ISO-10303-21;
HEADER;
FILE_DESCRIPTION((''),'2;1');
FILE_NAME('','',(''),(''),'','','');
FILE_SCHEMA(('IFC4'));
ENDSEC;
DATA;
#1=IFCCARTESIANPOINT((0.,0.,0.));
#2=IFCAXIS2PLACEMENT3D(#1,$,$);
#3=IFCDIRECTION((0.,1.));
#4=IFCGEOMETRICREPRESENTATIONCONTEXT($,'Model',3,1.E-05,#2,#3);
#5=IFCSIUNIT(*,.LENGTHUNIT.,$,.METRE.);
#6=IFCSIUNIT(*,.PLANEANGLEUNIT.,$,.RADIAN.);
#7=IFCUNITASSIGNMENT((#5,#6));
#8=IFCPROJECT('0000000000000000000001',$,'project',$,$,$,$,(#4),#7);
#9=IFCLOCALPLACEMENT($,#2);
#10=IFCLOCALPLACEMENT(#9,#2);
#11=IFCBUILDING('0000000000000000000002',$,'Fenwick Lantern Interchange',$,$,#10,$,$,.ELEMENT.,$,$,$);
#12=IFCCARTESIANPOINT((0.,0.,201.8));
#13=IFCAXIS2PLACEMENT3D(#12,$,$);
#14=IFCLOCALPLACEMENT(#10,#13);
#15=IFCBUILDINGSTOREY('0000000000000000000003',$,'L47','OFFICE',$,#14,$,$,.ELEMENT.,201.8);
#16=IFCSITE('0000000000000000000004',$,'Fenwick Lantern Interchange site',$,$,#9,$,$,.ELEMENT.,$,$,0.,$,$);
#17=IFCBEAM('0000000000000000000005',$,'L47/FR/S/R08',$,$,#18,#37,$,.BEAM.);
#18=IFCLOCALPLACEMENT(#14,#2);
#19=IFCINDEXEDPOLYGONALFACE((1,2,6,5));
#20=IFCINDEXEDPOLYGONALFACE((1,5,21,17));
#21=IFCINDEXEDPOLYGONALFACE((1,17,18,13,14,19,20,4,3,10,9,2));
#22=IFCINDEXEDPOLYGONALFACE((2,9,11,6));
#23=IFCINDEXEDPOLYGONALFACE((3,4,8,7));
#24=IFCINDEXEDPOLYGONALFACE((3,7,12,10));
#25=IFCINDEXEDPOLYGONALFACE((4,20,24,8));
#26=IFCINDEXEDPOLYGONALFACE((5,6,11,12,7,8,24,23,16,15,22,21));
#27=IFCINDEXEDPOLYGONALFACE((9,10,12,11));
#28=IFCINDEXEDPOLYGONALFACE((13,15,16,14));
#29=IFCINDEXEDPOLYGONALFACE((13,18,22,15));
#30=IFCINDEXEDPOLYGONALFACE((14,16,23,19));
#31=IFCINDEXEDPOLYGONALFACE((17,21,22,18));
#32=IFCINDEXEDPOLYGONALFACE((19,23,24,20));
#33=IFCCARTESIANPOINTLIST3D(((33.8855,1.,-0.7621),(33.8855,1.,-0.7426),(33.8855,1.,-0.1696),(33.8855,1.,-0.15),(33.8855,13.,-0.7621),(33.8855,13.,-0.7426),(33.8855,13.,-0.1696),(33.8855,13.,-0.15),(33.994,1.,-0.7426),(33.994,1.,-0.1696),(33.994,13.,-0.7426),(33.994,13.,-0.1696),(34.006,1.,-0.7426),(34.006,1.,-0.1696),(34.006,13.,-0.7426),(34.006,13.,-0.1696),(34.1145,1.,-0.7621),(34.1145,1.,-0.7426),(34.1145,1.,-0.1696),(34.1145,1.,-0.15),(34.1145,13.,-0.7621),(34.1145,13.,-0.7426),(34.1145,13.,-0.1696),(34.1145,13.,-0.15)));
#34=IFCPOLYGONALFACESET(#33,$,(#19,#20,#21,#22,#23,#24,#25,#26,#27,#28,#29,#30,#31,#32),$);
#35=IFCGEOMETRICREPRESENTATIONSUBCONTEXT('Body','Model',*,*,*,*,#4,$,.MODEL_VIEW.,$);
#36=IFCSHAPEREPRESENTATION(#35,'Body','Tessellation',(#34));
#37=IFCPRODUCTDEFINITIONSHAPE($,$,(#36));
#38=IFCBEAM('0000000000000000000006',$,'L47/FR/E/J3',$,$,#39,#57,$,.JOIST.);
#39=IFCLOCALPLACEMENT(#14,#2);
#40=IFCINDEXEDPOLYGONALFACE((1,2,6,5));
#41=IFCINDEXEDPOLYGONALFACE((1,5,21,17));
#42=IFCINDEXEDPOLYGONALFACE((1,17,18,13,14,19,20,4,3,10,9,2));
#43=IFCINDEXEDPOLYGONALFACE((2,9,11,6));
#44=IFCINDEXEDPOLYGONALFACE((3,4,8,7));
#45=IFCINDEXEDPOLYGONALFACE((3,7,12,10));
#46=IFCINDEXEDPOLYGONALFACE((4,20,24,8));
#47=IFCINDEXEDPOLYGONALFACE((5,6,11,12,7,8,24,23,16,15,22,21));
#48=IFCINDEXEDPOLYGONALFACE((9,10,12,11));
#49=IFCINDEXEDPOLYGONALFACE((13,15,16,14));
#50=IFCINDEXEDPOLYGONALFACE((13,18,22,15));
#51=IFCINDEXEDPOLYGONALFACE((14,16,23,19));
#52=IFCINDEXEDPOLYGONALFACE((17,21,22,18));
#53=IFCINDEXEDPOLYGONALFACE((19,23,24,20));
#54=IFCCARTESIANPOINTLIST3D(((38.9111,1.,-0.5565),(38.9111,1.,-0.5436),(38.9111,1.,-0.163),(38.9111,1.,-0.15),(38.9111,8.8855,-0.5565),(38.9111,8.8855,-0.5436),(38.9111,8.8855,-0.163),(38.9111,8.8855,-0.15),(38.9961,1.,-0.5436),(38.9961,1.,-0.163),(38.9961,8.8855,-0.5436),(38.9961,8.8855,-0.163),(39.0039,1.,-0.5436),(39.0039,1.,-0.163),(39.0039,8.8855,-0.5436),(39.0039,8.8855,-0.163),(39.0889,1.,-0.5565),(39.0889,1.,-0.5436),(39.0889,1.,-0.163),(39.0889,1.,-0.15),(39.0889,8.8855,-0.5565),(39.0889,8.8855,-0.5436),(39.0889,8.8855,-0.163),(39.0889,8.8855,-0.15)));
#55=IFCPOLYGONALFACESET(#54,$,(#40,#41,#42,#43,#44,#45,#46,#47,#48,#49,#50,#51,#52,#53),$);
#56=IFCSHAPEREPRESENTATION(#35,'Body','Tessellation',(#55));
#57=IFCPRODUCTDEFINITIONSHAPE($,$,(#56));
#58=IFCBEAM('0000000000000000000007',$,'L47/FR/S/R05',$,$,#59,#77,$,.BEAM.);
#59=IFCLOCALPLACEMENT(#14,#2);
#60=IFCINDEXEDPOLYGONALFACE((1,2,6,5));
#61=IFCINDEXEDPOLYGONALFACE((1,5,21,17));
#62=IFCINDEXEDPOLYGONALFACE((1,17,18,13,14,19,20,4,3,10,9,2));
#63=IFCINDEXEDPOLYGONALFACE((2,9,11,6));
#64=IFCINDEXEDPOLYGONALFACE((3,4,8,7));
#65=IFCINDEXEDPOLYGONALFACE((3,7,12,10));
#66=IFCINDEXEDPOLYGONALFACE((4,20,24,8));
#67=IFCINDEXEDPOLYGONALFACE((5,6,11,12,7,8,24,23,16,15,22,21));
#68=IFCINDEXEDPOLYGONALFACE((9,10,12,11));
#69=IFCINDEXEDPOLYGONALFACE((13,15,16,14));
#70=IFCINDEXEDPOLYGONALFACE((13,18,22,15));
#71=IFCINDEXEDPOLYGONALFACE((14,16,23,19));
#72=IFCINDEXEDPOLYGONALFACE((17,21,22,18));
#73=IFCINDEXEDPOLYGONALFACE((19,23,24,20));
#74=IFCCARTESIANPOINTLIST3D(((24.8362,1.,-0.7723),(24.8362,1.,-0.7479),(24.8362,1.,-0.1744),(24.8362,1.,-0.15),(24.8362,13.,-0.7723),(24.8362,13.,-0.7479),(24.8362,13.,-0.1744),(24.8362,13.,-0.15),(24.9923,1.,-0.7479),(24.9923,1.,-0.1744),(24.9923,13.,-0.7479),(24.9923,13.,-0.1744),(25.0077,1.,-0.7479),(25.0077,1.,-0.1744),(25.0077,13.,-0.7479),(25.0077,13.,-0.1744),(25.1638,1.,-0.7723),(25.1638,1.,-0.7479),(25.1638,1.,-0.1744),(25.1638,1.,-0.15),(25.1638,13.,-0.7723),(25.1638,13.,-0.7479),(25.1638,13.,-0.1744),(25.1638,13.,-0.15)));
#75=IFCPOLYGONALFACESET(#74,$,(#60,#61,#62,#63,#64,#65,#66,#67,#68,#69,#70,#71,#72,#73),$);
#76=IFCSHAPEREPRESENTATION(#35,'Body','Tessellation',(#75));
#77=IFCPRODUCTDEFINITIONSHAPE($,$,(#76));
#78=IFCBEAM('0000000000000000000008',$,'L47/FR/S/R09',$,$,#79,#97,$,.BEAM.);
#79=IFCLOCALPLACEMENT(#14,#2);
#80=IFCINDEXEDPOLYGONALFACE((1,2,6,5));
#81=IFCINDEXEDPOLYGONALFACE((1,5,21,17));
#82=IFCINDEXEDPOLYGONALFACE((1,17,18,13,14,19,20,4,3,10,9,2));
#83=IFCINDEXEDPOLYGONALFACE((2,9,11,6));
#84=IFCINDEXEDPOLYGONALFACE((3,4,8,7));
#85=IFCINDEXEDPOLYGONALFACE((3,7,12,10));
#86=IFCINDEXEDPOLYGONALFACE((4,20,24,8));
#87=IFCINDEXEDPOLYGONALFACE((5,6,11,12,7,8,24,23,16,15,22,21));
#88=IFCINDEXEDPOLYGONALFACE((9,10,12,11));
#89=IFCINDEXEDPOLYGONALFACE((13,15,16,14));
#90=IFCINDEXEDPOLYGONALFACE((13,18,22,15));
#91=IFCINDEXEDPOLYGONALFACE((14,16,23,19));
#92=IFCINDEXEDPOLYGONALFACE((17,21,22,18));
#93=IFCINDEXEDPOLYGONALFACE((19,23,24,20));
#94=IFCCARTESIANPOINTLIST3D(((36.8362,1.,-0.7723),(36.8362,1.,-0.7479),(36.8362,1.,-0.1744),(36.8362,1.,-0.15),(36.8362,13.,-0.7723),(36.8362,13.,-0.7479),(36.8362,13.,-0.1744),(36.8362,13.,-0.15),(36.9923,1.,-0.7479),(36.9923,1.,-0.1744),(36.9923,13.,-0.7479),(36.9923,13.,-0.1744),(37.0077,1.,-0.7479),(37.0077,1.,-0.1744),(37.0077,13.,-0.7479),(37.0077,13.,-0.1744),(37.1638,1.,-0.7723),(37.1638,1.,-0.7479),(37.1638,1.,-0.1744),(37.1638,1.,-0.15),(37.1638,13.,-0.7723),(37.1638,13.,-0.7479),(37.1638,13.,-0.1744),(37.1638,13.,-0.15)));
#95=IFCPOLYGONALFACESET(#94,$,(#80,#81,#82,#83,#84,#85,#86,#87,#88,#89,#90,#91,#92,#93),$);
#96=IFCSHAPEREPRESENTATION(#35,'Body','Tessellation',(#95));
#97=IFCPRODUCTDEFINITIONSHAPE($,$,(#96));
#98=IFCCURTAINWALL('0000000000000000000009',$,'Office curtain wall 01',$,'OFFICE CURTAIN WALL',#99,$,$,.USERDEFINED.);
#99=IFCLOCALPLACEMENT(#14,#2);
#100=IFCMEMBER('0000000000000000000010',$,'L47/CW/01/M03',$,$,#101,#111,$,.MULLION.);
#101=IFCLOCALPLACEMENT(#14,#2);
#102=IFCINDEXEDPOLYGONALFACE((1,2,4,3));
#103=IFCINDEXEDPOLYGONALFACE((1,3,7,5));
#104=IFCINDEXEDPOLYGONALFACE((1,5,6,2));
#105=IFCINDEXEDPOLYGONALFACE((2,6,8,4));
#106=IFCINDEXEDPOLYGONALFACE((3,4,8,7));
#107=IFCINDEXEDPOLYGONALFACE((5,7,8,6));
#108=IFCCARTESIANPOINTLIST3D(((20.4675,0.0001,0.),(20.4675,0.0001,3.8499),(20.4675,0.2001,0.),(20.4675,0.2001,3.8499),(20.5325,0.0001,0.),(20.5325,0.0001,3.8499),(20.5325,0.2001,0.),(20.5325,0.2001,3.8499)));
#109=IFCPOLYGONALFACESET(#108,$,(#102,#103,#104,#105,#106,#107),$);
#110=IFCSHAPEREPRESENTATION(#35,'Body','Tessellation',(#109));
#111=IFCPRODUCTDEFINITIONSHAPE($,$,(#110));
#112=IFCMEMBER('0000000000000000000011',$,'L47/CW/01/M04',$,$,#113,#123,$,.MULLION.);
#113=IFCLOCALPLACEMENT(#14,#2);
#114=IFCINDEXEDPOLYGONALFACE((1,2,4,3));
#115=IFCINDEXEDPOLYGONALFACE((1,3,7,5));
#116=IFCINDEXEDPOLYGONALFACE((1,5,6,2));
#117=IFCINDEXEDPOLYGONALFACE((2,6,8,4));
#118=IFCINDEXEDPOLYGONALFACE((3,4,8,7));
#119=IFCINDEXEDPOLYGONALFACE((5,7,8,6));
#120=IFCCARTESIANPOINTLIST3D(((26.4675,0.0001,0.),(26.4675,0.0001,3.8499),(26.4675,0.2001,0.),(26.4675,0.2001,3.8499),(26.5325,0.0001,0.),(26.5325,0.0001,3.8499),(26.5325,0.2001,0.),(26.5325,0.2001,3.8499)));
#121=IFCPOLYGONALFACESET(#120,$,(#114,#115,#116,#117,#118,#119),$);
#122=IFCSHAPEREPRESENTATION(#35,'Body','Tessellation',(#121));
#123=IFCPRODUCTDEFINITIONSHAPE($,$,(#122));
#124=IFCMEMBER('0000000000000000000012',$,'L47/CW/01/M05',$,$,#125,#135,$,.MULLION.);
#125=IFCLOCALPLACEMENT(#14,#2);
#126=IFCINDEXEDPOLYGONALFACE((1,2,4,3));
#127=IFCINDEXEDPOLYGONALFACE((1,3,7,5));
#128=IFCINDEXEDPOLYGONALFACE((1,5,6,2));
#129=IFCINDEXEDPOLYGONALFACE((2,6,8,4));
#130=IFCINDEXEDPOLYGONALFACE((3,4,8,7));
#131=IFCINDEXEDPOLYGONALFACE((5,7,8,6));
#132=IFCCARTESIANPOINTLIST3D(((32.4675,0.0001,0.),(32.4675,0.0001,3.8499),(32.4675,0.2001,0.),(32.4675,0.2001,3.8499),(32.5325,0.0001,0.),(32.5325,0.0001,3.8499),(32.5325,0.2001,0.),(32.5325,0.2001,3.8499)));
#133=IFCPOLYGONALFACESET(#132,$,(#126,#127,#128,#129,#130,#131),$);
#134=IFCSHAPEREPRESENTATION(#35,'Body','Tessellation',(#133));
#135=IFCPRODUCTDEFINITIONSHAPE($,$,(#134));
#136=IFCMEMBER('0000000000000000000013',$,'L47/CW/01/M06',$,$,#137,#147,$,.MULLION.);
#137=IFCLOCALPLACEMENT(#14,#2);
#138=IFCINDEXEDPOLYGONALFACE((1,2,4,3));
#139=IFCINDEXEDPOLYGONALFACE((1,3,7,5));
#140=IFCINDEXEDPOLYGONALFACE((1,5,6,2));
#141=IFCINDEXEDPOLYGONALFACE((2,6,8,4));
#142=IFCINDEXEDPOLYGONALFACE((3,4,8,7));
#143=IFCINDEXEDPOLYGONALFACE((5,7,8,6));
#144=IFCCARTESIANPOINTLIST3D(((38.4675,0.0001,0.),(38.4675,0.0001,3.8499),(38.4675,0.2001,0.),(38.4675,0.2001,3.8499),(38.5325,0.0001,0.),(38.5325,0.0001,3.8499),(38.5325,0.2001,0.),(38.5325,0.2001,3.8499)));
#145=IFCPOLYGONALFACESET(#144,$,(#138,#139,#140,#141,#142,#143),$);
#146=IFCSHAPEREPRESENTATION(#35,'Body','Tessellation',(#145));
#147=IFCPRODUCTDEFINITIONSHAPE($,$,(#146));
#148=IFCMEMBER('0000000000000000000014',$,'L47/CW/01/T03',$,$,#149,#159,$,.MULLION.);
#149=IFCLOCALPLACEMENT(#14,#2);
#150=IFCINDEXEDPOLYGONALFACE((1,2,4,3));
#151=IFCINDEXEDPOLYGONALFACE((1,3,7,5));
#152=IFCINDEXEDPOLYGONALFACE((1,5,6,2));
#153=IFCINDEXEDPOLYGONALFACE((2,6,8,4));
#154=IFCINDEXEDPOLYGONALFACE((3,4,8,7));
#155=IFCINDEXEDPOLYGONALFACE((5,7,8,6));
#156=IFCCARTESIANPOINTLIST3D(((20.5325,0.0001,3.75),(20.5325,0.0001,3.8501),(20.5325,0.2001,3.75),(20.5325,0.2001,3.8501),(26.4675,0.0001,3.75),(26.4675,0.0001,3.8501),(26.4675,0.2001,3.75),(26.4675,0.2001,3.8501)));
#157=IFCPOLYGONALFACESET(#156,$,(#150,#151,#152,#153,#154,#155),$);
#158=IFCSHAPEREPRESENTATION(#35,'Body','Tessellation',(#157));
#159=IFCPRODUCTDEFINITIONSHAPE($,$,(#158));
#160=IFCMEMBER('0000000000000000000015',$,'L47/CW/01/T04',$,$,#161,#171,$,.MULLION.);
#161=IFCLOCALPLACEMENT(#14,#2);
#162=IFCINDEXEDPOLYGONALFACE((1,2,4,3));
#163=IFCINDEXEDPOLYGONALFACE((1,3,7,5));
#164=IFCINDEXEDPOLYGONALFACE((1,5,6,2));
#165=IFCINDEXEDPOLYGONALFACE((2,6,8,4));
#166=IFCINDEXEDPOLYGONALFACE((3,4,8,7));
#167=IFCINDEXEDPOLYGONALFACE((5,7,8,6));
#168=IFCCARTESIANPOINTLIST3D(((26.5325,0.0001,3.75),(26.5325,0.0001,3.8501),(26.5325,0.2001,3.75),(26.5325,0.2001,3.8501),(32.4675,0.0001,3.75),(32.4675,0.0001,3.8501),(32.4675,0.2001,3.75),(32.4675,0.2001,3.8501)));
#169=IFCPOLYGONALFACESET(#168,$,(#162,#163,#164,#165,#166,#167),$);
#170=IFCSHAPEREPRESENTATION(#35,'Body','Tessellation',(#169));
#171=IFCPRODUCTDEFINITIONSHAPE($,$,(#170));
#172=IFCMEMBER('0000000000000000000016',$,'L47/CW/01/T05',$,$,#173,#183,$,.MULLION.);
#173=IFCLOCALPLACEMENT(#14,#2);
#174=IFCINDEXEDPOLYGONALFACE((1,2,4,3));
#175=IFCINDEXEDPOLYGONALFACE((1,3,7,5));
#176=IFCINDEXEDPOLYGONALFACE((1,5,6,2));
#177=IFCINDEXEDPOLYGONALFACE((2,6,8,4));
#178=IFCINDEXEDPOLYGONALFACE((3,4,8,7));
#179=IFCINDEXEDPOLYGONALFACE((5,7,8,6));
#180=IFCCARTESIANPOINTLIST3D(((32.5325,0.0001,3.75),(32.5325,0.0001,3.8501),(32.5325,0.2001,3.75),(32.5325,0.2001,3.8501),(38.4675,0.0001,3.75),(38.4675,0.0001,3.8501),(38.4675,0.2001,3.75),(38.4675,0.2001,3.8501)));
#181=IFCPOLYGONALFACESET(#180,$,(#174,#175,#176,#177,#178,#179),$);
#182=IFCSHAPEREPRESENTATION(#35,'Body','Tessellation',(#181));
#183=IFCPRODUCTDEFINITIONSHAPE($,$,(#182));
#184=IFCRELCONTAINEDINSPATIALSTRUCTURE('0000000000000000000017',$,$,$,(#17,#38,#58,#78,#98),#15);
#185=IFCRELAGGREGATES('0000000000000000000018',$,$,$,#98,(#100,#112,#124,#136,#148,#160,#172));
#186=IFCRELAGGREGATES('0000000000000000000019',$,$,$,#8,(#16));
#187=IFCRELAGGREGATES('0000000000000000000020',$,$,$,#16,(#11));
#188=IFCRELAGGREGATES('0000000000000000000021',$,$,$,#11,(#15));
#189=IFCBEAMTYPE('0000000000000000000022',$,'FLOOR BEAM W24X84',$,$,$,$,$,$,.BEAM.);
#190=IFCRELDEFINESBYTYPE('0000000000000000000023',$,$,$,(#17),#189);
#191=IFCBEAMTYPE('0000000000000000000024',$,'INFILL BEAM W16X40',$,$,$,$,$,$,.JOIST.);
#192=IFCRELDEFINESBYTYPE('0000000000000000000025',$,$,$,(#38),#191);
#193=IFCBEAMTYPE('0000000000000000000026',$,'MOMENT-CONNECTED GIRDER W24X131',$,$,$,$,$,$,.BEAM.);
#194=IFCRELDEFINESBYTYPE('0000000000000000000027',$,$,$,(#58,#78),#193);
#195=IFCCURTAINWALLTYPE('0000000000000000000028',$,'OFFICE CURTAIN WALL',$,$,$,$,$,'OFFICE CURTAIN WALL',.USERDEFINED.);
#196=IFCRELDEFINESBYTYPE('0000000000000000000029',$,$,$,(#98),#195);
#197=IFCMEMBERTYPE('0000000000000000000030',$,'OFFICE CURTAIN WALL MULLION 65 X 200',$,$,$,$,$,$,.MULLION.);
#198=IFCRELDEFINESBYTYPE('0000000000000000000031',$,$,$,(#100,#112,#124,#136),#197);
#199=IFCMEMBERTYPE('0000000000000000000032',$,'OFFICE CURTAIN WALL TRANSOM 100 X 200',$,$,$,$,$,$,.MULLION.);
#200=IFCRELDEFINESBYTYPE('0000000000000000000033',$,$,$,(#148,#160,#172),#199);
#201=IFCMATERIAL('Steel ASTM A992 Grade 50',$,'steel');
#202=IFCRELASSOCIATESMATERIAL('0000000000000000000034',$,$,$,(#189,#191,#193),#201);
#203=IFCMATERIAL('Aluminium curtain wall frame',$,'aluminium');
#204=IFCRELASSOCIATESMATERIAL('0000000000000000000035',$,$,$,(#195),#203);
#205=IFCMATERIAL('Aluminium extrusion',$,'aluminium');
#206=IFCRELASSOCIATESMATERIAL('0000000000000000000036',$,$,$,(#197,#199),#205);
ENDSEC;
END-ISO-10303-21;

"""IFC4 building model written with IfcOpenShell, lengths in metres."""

from ifc_helpers import new_model, si_unit, direction, frame, origin, origin_2d, place, context, subcontext, project, spatial, rectangle, i_section, extrude, material, material_profile, profile_set, type_object, element, aggregate, save


model = new_model("IFC4")

# Units and contexts
model_context = context("Model", 3, precision=1e-05, world=origin(), true_north=direction((0.0, 1.0)))
body_context = subcontext(model_context, "Body", "Model", "MODEL_VIEW")
ifc_project = project(units=[si_unit("LENGTHUNIT", "METRE"), si_unit("PLANEANGLEUNIT", "RADIAN")], contexts=[model_context])

# Site, building, storey
site_placement = place(None, origin())
site = spatial("IfcSite", under=ifc_project, at=site_placement, Name="Fenwick Lantern Interchange site", CompositionType="ELEMENT", RefElevation=0.0)
building_placement = place(site_placement, origin())
building = spatial("IfcBuilding", under=site, at=building_placement, Name="Fenwick Lantern Interchange", CompositionType="ELEMENT")
storey_placement = place(building_placement, frame((0.0, 0.0, 201.8)))
storey = spatial("IfcBuildingStorey", under=building, at=storey_placement, Name="L47", Description="OFFICE", CompositionType="ELEMENT", Elevation=201.8)

# Shared definitions
ifc_material_1 = material(Name="Steel ASTM A992 Grade 50", Category="steel")

# Beams
ifc_material_profile_1 = material_profile(ifc_material_1, i_section(OverallWidth=0.229, OverallDepth=0.6121, WebThickness=0.012, FlangeThickness=0.0195, at=origin_2d()), Name="W24X84")
ifc_profile_set_1 = profile_set([ifc_material_profile_1], Name="Steel ASTM A992 Grade 50")
beam_type_1 = type_object("IfcBeamType", Name="FLOOR BEAM W24X84", PredefinedType="BEAM", material=ifc_profile_set_1)
for number, where, z_axis, x_axis, name in (
    (1, (34.0, 1.0, -0.4561), (0.0, 1.0, 0.0), (-1.0, 0.0, 0.0), "L47/FR/S/R08"),
):
    element("IfcBeam", number, at=place(storey_placement, frame(where, z_axis=z_axis, x_axis=x_axis)), inside=storey, type_object=beam_type_1, Name=name, PredefinedType="BEAM", context=body_context, shape_type="SweptSolid", body=[
        extrude(i_section(OverallWidth=0.229, OverallDepth=0.6121, WebThickness=0.012, FlangeThickness=0.0195, at=origin_2d()), origin(), (0.0, 0.0, 1.0), 12.0),
    ])
ifc_material_profile_2 = material_profile(ifc_material_1, i_section(OverallWidth=0.1777, OverallDepth=0.4065, WebThickness=0.0078, FlangeThickness=0.0129, at=origin_2d()), Name="W16X40")
ifc_profile_set_2 = profile_set([ifc_material_profile_2], Name="Steel ASTM A992 Grade 50")
beam_type_2 = type_object("IfcBeamType", Name="INFILL BEAM W16X40", PredefinedType="JOIST", material=ifc_profile_set_2)
beam_1_placement = place(storey_placement, frame((39.0, 1.0, -0.3533), z_axis=(0.0, 1.0, 0.0), x_axis=(-1.0, 0.0, 0.0)))
element("IfcBeam", 2, at=beam_1_placement, inside=storey, type_object=beam_type_2, Name="L47/FR/E/J3", PredefinedType="JOIST", context=body_context, shape_type="SweptSolid", body=[
    extrude(i_section(OverallWidth=0.1777, OverallDepth=0.4065, WebThickness=0.0078, FlangeThickness=0.0129, at=origin_2d()), origin(), (0.0, 0.0, 1.0), 7.8855),
])
ifc_material_profile_3 = material_profile(ifc_material_1, i_section(OverallWidth=0.3276, OverallDepth=0.6223, WebThickness=0.0154, FlangeThickness=0.0244, at=origin_2d()), Name="W24X131")
ifc_profile_set_3 = profile_set([ifc_material_profile_3], Name="Steel ASTM A992 Grade 50")
beam_type_3 = type_object("IfcBeamType", Name="MOMENT-CONNECTED GIRDER W24X131", PredefinedType="BEAM", material=ifc_profile_set_3)
for number, where, z_axis, x_axis, name in (
    (3, (25.0, 1.0, -0.4612), (0.0, 1.0, 0.0), (-1.0, 0.0, 0.0), "L47/FR/S/R05"),
    (4, (37.0, 1.0, -0.4612), (0.0, 1.0, 0.0), (-1.0, 0.0, 0.0), "L47/FR/S/R09"),
):
    element("IfcBeam", number, at=place(storey_placement, frame(where, z_axis=z_axis, x_axis=x_axis)), inside=storey, type_object=beam_type_3, Name=name, PredefinedType="BEAM", context=body_context, shape_type="SweptSolid", body=[
        extrude(i_section(OverallWidth=0.3276, OverallDepth=0.6223, WebThickness=0.0154, FlangeThickness=0.0244, at=origin_2d()), origin(), (0.0, 0.0, 1.0), 12.0),
    ])

# Curtain wall, members
ifc_material_2 = material(Name="Aluminium curtain wall frame", Category="aluminium")
curtain_wall_type = type_object("IfcCurtainWallType", Name="OFFICE CURTAIN WALL", ElementType="OFFICE CURTAIN WALL", PredefinedType="USERDEFINED", material=ifc_material_2)
curtain_wall_placement = place(storey_placement, origin())
curtain_wall = element("IfcCurtainWall", 5, at=curtain_wall_placement, inside=storey, type_object=curtain_wall_type, Name="Office curtain wall 01", ObjectType="OFFICE CURTAIN WALL", PredefinedType="USERDEFINED")
ifc_material_3 = material(Name="Aluminium extrusion", Category="aluminium")
ifc_material_profile_4 = material_profile(ifc_material_3, rectangle(XDim=0.2, YDim=0.0649, at=origin_2d()), Name="OFFICE CURTAIN WALL MULLION 65 X 200")
ifc_profile_set_4 = profile_set([ifc_material_profile_4], Name="Aluminium extrusion")
member_type_1 = type_object("IfcMemberType", Name="OFFICE CURTAIN WALL MULLION 65 X 200", PredefinedType="MULLION", material=ifc_profile_set_4)
member_1_placement = place(storey_placement, frame((20.5, 0.1001, 0.0), z_axis=(0.0, 0.0, 1.0), x_axis=(0.0, 1.0, 0.0)))
member_1 = element("IfcMember", 6, at=member_1_placement, type_object=member_type_1, Name="L47/CW/01/M03", PredefinedType="MULLION", context=body_context, shape_type="SweptSolid", body=[
    extrude(rectangle(XDim=0.2, YDim=0.0649, at=origin_2d()), origin(), (0.0, 0.0, 1.0), 3.8499),
])
member_2_placement = place(storey_placement, frame((26.5, 0.1001, 0.0), z_axis=(0.0, 0.0, 1.0), x_axis=(0.0, 1.0, 0.0)))
member_2 = element("IfcMember", 7, at=member_2_placement, type_object=member_type_1, Name="L47/CW/01/M04", PredefinedType="MULLION", context=body_context, shape_type="SweptSolid", body=[
    extrude(rectangle(XDim=0.2, YDim=0.0649, at=origin_2d()), origin(), (0.0, 0.0, 1.0), 3.8499),
])
member_3_placement = place(storey_placement, frame((32.5, 0.1001, 0.0), z_axis=(0.0, 0.0, 1.0), x_axis=(0.0, 1.0, 0.0)))
member_3 = element("IfcMember", 8, at=member_3_placement, type_object=member_type_1, Name="L47/CW/01/M05", PredefinedType="MULLION", context=body_context, shape_type="SweptSolid", body=[
    extrude(rectangle(XDim=0.2, YDim=0.0649, at=origin_2d()), origin(), (0.0, 0.0, 1.0), 3.8499),
])
member_4_placement = place(storey_placement, frame((38.5, 0.1001, 0.0), z_axis=(0.0, 0.0, 1.0), x_axis=(0.0, 1.0, 0.0)))
member_4 = element("IfcMember", 9, at=member_4_placement, type_object=member_type_1, Name="L47/CW/01/M06", PredefinedType="MULLION", context=body_context, shape_type="SweptSolid", body=[
    extrude(rectangle(XDim=0.2, YDim=0.0649, at=origin_2d()), origin(), (0.0, 0.0, 1.0), 3.8499),
])
ifc_material_profile_5 = material_profile(ifc_material_3, rectangle(XDim=0.2, YDim=0.1001, at=origin_2d()), Name="OFFICE CURTAIN WALL TRANSOM 100 X 200")
ifc_profile_set_5 = profile_set([ifc_material_profile_5], Name="Aluminium extrusion")
member_type_2 = type_object("IfcMemberType", Name="OFFICE CURTAIN WALL TRANSOM 100 X 200", PredefinedType="MULLION", material=ifc_profile_set_5)
member_5_placement = place(storey_placement, frame((20.5325, 0.1001, 3.8), z_axis=(1.0, 0.0, 0.0), x_axis=(0.0, 1.0, 0.0)))
member_5 = element("IfcMember", 10, at=member_5_placement, type_object=member_type_2, Name="L47/CW/01/T03", PredefinedType="MULLION", context=body_context, shape_type="SweptSolid", body=[
    extrude(rectangle(XDim=0.2, YDim=0.1001, at=origin_2d()), origin(), (0.0, 0.0, 1.0), 5.9351),
])
member_6_placement = place(storey_placement, frame((26.5325, 0.1001, 3.8), z_axis=(1.0, 0.0, 0.0), x_axis=(0.0, 1.0, 0.0)))
member_6 = element("IfcMember", 11, at=member_6_placement, type_object=member_type_2, Name="L47/CW/01/T04", PredefinedType="MULLION", context=body_context, shape_type="SweptSolid", body=[
    extrude(rectangle(XDim=0.2, YDim=0.1001, at=origin_2d()), origin(), (0.0, 0.0, 1.0), 5.9351),
])
member_7_placement = place(storey_placement, frame((32.5325, 0.1001, 3.8), z_axis=(1.0, 0.0, 0.0), x_axis=(0.0, 1.0, 0.0)))
member_7 = element("IfcMember", 12, at=member_7_placement, type_object=member_type_2, Name="L47/CW/01/T05", PredefinedType="MULLION", context=body_context, shape_type="SweptSolid", body=[
    extrude(rectangle(XDim=0.2, YDim=0.1001, at=origin_2d()), origin(), (0.0, 0.0, 1.0), 5.9351),
])
aggregate(curtain_wall, [member_1, member_2, member_3, member_4, member_5, member_6, member_7])

save(model, "model.ifc")
